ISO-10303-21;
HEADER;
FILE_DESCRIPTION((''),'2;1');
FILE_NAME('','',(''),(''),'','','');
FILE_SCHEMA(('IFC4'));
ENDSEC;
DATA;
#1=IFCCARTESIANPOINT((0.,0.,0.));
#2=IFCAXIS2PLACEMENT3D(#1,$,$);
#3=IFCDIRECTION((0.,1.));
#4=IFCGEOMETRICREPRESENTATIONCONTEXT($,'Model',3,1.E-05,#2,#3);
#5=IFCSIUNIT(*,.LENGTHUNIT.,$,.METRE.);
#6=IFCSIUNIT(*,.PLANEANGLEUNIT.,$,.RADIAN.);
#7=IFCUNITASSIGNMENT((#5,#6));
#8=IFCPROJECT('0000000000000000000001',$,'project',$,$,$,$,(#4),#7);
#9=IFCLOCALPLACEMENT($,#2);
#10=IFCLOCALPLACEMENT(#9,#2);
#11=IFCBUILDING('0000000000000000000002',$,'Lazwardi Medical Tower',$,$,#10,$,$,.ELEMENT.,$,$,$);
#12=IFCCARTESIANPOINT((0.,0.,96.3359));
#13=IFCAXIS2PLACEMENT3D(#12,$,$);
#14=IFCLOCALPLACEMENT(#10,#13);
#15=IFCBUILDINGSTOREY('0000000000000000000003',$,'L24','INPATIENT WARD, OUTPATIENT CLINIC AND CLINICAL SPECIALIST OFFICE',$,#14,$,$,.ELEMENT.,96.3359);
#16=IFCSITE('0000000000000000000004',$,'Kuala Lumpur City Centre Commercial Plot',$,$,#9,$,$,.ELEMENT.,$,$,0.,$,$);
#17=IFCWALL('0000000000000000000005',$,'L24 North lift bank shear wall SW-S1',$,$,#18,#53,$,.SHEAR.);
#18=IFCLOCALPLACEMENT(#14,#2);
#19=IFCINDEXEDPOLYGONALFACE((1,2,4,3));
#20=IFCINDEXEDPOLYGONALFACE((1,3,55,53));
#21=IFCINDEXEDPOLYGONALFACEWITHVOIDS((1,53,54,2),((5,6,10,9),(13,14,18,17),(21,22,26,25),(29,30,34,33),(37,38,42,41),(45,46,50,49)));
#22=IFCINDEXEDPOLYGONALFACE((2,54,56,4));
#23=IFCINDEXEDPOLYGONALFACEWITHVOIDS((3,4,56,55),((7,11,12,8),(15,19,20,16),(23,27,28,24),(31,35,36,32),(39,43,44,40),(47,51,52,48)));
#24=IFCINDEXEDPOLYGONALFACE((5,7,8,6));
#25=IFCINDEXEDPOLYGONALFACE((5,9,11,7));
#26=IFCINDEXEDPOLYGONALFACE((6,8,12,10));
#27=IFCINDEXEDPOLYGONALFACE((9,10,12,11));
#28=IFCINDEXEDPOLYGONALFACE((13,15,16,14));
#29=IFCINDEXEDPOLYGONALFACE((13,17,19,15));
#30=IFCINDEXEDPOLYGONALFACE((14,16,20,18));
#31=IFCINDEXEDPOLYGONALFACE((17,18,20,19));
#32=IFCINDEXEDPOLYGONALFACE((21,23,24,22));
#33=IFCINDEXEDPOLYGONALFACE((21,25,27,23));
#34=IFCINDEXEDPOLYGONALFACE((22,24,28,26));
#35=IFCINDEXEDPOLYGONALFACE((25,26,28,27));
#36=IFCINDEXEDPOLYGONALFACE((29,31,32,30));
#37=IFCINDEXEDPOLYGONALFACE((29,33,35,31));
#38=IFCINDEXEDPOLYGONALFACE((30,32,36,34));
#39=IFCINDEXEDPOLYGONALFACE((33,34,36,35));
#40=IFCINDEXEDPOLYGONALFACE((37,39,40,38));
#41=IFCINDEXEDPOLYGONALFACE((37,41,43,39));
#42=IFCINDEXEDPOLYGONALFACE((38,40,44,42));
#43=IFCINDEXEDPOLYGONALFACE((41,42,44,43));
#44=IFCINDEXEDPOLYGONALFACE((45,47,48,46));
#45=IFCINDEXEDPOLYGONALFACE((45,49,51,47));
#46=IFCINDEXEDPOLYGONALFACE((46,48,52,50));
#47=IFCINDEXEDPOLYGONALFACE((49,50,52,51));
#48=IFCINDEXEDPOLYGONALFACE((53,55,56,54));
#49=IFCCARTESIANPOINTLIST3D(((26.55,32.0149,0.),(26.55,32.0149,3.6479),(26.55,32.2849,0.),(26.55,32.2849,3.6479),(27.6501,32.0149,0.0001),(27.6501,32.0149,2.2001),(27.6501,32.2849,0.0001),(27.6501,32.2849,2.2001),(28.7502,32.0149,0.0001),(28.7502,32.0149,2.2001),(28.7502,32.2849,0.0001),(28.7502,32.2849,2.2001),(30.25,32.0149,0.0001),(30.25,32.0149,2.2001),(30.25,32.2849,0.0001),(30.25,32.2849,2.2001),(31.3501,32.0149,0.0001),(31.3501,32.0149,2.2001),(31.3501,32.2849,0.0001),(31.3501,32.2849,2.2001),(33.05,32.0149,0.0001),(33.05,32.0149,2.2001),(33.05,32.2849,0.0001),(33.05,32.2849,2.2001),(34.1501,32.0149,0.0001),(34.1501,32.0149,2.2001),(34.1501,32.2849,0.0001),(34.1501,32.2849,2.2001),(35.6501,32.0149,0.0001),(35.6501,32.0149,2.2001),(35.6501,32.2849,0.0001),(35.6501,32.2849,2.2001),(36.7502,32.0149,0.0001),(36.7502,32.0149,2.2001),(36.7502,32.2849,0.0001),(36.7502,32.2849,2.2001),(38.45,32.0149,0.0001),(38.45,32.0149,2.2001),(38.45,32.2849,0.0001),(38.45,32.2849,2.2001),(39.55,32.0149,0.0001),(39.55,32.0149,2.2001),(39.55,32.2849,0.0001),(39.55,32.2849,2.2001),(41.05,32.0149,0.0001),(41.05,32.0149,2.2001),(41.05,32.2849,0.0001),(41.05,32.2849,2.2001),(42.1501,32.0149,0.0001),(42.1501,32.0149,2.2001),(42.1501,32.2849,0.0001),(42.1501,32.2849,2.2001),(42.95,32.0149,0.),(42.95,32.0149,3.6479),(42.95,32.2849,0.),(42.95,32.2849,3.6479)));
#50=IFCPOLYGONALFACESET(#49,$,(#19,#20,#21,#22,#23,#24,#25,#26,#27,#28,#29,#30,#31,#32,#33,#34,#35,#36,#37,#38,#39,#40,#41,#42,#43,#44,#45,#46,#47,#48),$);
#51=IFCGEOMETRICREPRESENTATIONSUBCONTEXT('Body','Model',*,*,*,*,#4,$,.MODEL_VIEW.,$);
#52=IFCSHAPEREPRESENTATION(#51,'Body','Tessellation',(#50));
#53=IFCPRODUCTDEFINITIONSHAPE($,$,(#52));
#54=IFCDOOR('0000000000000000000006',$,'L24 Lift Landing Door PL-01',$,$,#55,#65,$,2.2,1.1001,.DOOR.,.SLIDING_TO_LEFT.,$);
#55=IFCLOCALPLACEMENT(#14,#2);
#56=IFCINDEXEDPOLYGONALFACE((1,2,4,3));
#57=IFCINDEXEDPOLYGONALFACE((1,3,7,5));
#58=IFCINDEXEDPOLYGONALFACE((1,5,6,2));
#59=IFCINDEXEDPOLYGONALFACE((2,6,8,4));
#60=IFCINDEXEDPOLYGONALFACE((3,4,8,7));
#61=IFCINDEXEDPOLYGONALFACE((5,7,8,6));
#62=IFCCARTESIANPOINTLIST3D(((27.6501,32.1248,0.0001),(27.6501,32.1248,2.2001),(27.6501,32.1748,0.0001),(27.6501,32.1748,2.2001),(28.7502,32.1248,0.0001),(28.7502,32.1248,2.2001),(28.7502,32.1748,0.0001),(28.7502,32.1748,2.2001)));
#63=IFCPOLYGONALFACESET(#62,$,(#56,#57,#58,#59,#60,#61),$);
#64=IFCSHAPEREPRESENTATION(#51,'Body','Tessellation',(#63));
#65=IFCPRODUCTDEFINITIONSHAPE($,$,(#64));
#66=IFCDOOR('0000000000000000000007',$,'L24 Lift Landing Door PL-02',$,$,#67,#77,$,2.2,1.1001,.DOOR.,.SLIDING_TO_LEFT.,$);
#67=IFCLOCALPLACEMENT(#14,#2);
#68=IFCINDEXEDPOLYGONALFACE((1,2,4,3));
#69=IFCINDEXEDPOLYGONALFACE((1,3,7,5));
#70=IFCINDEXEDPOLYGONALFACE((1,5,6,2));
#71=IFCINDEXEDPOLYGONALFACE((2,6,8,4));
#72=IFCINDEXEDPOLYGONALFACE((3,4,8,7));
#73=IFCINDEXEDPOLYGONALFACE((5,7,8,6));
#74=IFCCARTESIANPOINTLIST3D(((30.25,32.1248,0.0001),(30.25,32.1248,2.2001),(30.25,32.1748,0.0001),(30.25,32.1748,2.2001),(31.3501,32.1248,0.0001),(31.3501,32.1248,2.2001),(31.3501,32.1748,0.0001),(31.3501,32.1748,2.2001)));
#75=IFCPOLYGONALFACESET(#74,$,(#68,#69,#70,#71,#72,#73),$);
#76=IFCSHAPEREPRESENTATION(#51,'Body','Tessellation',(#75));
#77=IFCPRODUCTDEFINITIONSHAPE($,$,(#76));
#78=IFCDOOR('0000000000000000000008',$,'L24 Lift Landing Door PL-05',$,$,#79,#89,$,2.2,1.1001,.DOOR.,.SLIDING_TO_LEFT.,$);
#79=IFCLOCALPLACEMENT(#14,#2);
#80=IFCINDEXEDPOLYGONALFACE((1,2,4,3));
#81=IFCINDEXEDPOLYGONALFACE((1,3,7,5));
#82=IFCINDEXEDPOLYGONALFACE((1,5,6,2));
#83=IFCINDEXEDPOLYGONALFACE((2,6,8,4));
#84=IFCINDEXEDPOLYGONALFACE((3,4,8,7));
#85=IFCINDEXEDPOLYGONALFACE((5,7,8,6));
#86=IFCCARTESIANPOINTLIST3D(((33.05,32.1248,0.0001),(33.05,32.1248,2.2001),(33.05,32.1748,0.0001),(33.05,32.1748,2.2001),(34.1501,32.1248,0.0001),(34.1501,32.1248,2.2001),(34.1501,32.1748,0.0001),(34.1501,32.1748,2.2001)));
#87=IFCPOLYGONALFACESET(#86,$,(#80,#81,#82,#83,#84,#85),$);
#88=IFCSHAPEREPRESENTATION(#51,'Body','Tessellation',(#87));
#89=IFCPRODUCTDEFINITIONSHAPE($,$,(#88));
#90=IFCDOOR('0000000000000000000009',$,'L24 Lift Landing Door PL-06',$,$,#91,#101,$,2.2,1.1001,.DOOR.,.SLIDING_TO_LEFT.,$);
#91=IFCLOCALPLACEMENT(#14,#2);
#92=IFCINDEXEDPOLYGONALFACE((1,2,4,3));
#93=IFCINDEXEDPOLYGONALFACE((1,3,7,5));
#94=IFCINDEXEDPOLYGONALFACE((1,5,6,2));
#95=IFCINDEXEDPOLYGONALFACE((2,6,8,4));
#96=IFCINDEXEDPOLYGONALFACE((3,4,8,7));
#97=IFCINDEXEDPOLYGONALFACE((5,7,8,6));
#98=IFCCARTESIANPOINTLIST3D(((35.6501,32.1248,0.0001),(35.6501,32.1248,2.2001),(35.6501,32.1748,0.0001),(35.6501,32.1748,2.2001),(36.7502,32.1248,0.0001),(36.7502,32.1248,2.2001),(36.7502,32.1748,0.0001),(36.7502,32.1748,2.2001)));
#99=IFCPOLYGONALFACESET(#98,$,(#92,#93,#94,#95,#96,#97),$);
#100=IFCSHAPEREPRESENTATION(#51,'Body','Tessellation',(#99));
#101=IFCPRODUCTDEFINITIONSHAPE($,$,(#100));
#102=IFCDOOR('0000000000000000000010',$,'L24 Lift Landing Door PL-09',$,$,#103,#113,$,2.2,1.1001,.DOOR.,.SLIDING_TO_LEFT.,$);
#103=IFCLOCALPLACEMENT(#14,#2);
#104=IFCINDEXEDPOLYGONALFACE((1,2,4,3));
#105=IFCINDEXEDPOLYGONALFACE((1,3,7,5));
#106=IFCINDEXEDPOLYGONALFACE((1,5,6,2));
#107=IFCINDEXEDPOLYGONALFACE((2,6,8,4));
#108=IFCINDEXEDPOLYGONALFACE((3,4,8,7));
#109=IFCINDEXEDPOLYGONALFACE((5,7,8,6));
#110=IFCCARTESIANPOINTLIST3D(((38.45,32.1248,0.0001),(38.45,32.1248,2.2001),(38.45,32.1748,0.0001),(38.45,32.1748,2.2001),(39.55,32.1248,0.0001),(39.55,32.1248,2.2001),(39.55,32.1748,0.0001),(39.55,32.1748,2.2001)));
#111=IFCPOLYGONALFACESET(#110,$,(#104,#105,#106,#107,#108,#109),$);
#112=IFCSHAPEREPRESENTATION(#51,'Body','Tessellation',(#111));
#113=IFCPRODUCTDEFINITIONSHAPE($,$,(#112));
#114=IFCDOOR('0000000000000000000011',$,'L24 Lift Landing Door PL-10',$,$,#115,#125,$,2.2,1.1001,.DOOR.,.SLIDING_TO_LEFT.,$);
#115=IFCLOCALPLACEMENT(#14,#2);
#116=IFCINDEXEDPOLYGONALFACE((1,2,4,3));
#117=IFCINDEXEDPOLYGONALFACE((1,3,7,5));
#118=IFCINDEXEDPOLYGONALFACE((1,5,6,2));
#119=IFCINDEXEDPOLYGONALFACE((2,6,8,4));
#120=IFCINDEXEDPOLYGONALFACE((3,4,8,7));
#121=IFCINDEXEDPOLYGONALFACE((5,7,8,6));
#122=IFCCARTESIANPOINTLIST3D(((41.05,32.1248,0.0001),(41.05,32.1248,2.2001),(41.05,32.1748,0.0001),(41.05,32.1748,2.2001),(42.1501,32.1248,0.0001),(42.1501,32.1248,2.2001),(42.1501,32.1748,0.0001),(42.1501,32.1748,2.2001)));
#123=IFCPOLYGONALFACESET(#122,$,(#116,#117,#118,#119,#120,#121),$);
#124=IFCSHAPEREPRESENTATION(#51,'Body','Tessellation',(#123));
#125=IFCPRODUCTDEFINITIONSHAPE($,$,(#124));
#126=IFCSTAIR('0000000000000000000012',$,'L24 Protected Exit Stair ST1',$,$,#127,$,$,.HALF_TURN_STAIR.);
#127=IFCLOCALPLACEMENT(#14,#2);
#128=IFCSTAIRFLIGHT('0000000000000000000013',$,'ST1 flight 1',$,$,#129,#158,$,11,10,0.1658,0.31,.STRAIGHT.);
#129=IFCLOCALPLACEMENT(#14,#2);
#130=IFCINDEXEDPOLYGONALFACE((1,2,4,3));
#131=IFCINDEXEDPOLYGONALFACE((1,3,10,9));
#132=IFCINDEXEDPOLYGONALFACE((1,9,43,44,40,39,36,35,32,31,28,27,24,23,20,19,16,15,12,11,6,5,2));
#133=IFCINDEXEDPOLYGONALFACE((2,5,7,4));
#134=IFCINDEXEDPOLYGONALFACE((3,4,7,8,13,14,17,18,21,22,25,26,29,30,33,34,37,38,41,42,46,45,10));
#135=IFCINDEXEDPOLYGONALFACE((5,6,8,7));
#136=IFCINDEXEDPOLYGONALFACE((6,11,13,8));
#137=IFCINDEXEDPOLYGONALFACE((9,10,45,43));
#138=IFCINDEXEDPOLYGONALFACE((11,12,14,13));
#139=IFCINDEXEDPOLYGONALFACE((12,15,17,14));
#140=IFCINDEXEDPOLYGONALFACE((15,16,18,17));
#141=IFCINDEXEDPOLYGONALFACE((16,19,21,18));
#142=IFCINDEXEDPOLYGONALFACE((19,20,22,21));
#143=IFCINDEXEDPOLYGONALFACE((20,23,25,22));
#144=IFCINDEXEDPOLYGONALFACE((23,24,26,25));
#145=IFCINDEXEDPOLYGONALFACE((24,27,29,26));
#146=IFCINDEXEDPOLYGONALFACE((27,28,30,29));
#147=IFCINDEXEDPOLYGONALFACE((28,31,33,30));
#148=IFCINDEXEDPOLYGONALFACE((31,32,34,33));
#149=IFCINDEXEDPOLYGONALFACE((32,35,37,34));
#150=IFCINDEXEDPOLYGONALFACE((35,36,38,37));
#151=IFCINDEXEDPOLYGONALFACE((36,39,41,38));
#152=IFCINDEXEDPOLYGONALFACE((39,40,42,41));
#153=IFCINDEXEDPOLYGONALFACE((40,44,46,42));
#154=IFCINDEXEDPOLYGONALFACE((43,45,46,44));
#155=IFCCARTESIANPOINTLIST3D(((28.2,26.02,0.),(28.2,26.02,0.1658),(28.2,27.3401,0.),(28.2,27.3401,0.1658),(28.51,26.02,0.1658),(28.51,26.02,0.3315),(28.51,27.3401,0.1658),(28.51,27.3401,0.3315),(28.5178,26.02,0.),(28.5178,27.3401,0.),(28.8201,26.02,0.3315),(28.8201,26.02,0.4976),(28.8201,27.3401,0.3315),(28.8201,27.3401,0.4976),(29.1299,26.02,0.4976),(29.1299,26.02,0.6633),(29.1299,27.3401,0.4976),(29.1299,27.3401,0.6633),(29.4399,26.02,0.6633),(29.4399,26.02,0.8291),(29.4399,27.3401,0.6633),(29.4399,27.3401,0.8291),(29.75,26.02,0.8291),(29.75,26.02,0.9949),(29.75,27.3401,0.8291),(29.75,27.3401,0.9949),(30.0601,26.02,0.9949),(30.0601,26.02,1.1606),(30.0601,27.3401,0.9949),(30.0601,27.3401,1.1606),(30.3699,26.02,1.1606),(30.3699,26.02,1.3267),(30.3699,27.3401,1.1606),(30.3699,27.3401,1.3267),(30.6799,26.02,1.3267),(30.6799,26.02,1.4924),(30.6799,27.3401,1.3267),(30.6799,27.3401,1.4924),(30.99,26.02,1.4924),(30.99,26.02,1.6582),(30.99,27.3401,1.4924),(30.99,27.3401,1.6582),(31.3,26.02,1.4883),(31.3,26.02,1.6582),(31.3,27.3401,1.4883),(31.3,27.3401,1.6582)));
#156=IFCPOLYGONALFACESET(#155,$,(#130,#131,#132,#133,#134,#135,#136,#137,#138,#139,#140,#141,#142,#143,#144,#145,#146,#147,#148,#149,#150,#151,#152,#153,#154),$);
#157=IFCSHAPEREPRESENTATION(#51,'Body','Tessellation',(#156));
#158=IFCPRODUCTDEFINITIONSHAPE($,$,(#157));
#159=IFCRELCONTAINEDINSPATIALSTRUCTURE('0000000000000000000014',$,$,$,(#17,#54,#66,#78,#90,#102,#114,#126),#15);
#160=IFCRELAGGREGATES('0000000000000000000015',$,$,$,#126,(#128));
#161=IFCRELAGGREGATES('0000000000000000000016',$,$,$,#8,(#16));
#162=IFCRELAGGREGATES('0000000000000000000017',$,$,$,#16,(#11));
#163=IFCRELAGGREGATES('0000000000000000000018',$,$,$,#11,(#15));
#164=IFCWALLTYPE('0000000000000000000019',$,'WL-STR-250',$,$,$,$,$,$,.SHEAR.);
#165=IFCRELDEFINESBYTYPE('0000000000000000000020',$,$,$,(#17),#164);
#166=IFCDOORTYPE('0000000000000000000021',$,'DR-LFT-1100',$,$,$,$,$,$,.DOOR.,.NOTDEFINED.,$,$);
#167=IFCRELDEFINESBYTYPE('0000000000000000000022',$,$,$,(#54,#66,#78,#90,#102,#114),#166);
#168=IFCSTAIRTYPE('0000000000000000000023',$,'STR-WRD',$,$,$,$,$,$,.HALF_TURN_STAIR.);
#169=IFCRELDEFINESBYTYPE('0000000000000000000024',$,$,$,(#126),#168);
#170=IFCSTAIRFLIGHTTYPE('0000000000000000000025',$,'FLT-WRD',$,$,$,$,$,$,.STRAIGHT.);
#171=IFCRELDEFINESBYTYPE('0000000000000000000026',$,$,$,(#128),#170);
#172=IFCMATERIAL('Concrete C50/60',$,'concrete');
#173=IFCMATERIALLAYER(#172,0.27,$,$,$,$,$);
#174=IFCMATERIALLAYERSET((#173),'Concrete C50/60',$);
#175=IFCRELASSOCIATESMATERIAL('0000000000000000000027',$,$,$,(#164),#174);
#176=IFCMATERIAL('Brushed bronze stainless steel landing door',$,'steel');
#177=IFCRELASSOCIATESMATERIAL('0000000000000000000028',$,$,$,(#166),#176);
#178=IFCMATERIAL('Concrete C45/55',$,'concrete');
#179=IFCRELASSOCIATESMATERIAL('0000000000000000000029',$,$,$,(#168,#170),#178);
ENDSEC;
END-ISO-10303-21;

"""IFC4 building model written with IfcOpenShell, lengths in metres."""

from ifc_helpers import new_model, si_unit, direction, frame, frame_2d, origin, place, context, subcontext, project, spatial, polyline, rectangle, outline, extrude, material, layer, layer_set, type_object, element, fill, aggregate, save


model = new_model("IFC4")

# Units and contexts
model_context = context("Model", 3, precision=1e-05, world=origin(), true_north=direction((0.0, 1.0)))
body_context = subcontext(model_context, "Body", "Model", "MODEL_VIEW")
ifc_project = project(units=[si_unit("LENGTHUNIT", "METRE"), si_unit("PLANEANGLEUNIT", "RADIAN")], contexts=[model_context])

# Site, building, storey
site_placement = place(None, origin())
site = spatial("IfcSite", under=ifc_project, at=site_placement, Name="Kuala Lumpur City Centre Commercial Plot", CompositionType="ELEMENT", RefElevation=0.0)
building_placement = place(site_placement, origin())
building = spatial("IfcBuilding", under=site, at=building_placement, Name="Lazwardi Medical Tower", CompositionType="ELEMENT")
storey_placement = place(building_placement, frame((0.0, 0.0, 96.3359)))
storey = spatial("IfcBuildingStorey", under=building, at=storey_placement, Name="L24", Description="INPATIENT WARD, OUTPATIENT CLINIC AND CLINICAL SPECIALIST OFFICE", CompositionType="ELEMENT", Elevation=96.3359)

# Shared definitions
ifc_material_1 = material(Name="Concrete C50/60", Category="concrete")
ifc_layer_1 = layer(ifc_material_1, 0.27)
ifc_layer_set_1 = layer_set([ifc_layer_1], Name="Concrete C50/60")
wall_type_1 = type_object("IfcWallType", Name="WL-STR-250", PredefinedType="SHEAR", material=ifc_layer_set_1)

# Wall, openings, doors
wall_1_placement = place(storey_placement, frame((26.55, 32.1499, 0.0), z_axis=(0.0, 0.0, 1.0), x_axis=(1.0, 0.0, 0.0)))
wall_1 = element("IfcWall", 1, at=wall_1_placement, inside=storey, type_object=wall_type_1, Name="L24 North lift bank shear wall SW-S1", PredefinedType="SHEAR", context=body_context, shape_type="SweptSolid", body=[
    extrude(rectangle(XDim=16.3999, YDim=0.27, at=frame_2d((8.2, 0.0))), origin(), (0.0, 0.0, 1.0), 3.6479),
])
opening_1_placement = place(wall_1_placement, frame((1.1001, 0.0, 0.0)))
opening_1 = element("IfcOpeningElement", 2, at=opening_1_placement, cuts=wall_1, PredefinedType="OPENING", context=body_context, shape_type="SweptSolid", body=[
    extrude(rectangle(XDim=1.1001, YDim=2.2, at=frame_2d((0.55, 1.1001))), frame((0.0, 0.145, 0.0), z_axis=(0.0, -1.0, 0.0), x_axis=(1.0, 0.0, 0.0)), (0.0, 0.0, 1.0), 0.29),
])
opening_2_placement = place(wall_1_placement, frame((3.7, 0.0, 0.0)))
opening_2 = element("IfcOpeningElement", 3, at=opening_2_placement, cuts=wall_1, PredefinedType="OPENING", context=body_context, shape_type="SweptSolid", body=[
    extrude(rectangle(XDim=1.1001, YDim=2.2, at=frame_2d((0.55, 1.1001))), frame((0.0, 0.145, 0.0), z_axis=(0.0, -1.0, 0.0), x_axis=(1.0, 0.0, 0.0)), (0.0, 0.0, 1.0), 0.29),
])
opening_3_placement = place(wall_1_placement, frame((6.5, 0.0, 0.0)))
opening_3 = element("IfcOpeningElement", 4, at=opening_3_placement, cuts=wall_1, PredefinedType="OPENING", context=body_context, shape_type="SweptSolid", body=[
    extrude(rectangle(XDim=1.1001, YDim=2.2, at=frame_2d((0.55, 1.1001))), frame((0.0, 0.145, 0.0), z_axis=(0.0, -1.0, 0.0), x_axis=(1.0, 0.0, 0.0)), (0.0, 0.0, 1.0), 0.29),
])
opening_4_placement = place(wall_1_placement, frame((9.1001, 0.0, 0.0)))
opening_4 = element("IfcOpeningElement", 5, at=opening_4_placement, cuts=wall_1, PredefinedType="OPENING", context=body_context, shape_type="SweptSolid", body=[
    extrude(rectangle(XDim=1.1001, YDim=2.2, at=frame_2d((0.55, 1.1001))), frame((0.0, 0.145, 0.0), z_axis=(0.0, -1.0, 0.0), x_axis=(1.0, 0.0, 0.0)), (0.0, 0.0, 1.0), 0.29),
])
opening_5_placement = place(wall_1_placement, frame((11.8999, 0.0, 0.0)))
opening_5 = element("IfcOpeningElement", 6, at=opening_5_placement, cuts=wall_1, PredefinedType="OPENING", context=body_context, shape_type="SweptSolid", body=[
    extrude(rectangle(XDim=1.1001, YDim=2.2, at=frame_2d((0.55, 1.1001))), frame((0.0, 0.145, 0.0), z_axis=(0.0, -1.0, 0.0), x_axis=(1.0, 0.0, 0.0)), (0.0, 0.0, 1.0), 0.29),
])
opening_6_placement = place(wall_1_placement, frame((14.5, 0.0, 0.0)))
opening_6 = element("IfcOpeningElement", 7, at=opening_6_placement, cuts=wall_1, PredefinedType="OPENING", context=body_context, shape_type="SweptSolid", body=[
    extrude(rectangle(XDim=1.1001, YDim=2.2, at=frame_2d((0.55, 1.1001))), frame((0.0, 0.145, 0.0), z_axis=(0.0, -1.0, 0.0), x_axis=(1.0, 0.0, 0.0)), (0.0, 0.0, 1.0), 0.29),
])
ifc_material_2 = material(Name="Brushed bronze stainless steel landing door", Category="steel")
door_type_1 = type_object("IfcDoorType", Name="DR-LFT-1100", OperationType="NOTDEFINED", PredefinedType="DOOR", material=ifc_material_2)
door_1_placement = place(opening_1_placement, origin())
door_1 = element("IfcDoor", 8, at=door_1_placement, inside=storey, type_object=door_type_1, Name="L24 Lift Landing Door PL-01", OperationType="SLIDING_TO_LEFT", OverallHeight=2.2, OverallWidth=1.1001, PredefinedType="DOOR", context=body_context, shape_type="SweptSolid", body=[
    extrude(rectangle(XDim=1.1001, YDim=2.2, at=frame_2d((0.55, 1.1001))), frame((0.0, 0.0249, 0.0), z_axis=(0.0, -1.0, 0.0), x_axis=(1.0, 0.0, 0.0)), (0.0, 0.0, 1.0), 0.05),
])
fill(opening_1, door_1)
door_2_placement = place(opening_2_placement, origin())
door_2 = element("IfcDoor", 9, at=door_2_placement, inside=storey, type_object=door_type_1, Name="L24 Lift Landing Door PL-02", OperationType="SLIDING_TO_LEFT", OverallHeight=2.2, OverallWidth=1.1001, PredefinedType="DOOR", context=body_context, shape_type="SweptSolid", body=[
    extrude(rectangle(XDim=1.1001, YDim=2.2, at=frame_2d((0.55, 1.1001))), frame((0.0, 0.0249, 0.0), z_axis=(0.0, -1.0, 0.0), x_axis=(1.0, 0.0, 0.0)), (0.0, 0.0, 1.0), 0.05),
])
fill(opening_2, door_2)
door_3_placement = place(opening_3_placement, origin())
door_3 = element("IfcDoor", 10, at=door_3_placement, inside=storey, type_object=door_type_1, Name="L24 Lift Landing Door PL-05", OperationType="SLIDING_TO_LEFT", OverallHeight=2.2, OverallWidth=1.1001, PredefinedType="DOOR", context=body_context, shape_type="SweptSolid", body=[
    extrude(rectangle(XDim=1.1001, YDim=2.2, at=frame_2d((0.55, 1.1001))), frame((0.0, 0.0249, 0.0), z_axis=(0.0, -1.0, 0.0), x_axis=(1.0, 0.0, 0.0)), (0.0, 0.0, 1.0), 0.05),
])
fill(opening_3, door_3)
door_4_placement = place(opening_4_placement, origin())
door_4 = element("IfcDoor", 11, at=door_4_placement, inside=storey, type_object=door_type_1, Name="L24 Lift Landing Door PL-06", OperationType="SLIDING_TO_LEFT", OverallHeight=2.2, OverallWidth=1.1001, PredefinedType="DOOR", context=body_context, shape_type="SweptSolid", body=[
    extrude(rectangle(XDim=1.1001, YDim=2.2, at=frame_2d((0.55, 1.1001))), frame((0.0, 0.0249, 0.0), z_axis=(0.0, -1.0, 0.0), x_axis=(1.0, 0.0, 0.0)), (0.0, 0.0, 1.0), 0.05),
])
fill(opening_4, door_4)
door_5_placement = place(opening_5_placement, origin())
door_5 = element("IfcDoor", 12, at=door_5_placement, inside=storey, type_object=door_type_1, Name="L24 Lift Landing Door PL-09", OperationType="SLIDING_TO_LEFT", OverallHeight=2.2, OverallWidth=1.1001, PredefinedType="DOOR", context=body_context, shape_type="SweptSolid", body=[
    extrude(rectangle(XDim=1.1001, YDim=2.2, at=frame_2d((0.55, 1.1001))), frame((0.0, 0.0249, 0.0), z_axis=(0.0, -1.0, 0.0), x_axis=(1.0, 0.0, 0.0)), (0.0, 0.0, 1.0), 0.05),
])
fill(opening_5, door_5)
door_6_placement = place(opening_6_placement, origin())
door_6 = element("IfcDoor", 13, at=door_6_placement, inside=storey, type_object=door_type_1, Name="L24 Lift Landing Door PL-10", OperationType="SLIDING_TO_LEFT", OverallHeight=2.2, OverallWidth=1.1001, PredefinedType="DOOR", context=body_context, shape_type="SweptSolid", body=[
    extrude(rectangle(XDim=1.1001, YDim=2.2, at=frame_2d((0.55, 1.1001))), frame((0.0, 0.0249, 0.0), z_axis=(0.0, -1.0, 0.0), x_axis=(1.0, 0.0, 0.0)), (0.0, 0.0, 1.0), 0.05),
])
fill(opening_6, door_6)

# Stair, stair flight
ifc_material_3 = material(Name="Concrete C45/55", Category="concrete")
stair_type = type_object("IfcStairType", Name="STR-WRD", PredefinedType="HALF_TURN_STAIR", material=ifc_material_3)
stair_placement = place(storey_placement, origin())
stair = element("IfcStair", 14, at=stair_placement, inside=storey, type_object=stair_type, Name="L24 Protected Exit Stair ST1", PredefinedType="HALF_TURN_STAIR")
stair_flight_type = type_object("IfcStairFlightType", Name="FLT-WRD", PredefinedType="STRAIGHT", material=ifc_material_3)
stair_flight_1_placement = place(storey_placement, frame((28.2, 26.6799, 0.0), z_axis=(0.0, 0.0, 1.0), x_axis=(1.0, 0.0, 0.0)))
stair_flight_1 = element("IfcStairFlight", 15, at=stair_flight_1_placement, type_object=stair_flight_type, Name="ST1 flight 1", NumberOfRisers=11, NumberOfTreads=10, PredefinedType="STRAIGHT", RiserHeight=0.1658, TreadLength=0.31, context=body_context, shape_type="SweptSolid", body=[
    extrude(outline(polyline([(0.0, 0.0), (0.0, 0.1658), (0.3101, 0.1658), (0.3101, 0.3315), (0.6201, 0.3315), (0.6201, 0.4976), (0.9299, 0.4976), (0.9299, 0.6633), (1.24, 0.6633), (1.24, 0.8291), (1.55, 0.8291), (1.55, 0.9949), (1.8601, 0.9949), (1.8601, 1.1606), (2.1699, 1.1606), (2.1699, 1.3267), (2.48, 1.3267), (2.48, 1.4924), (2.79, 1.4924), (2.79, 1.6582), (3.1001, 1.6582), (3.1001, 1.824), (3.1001, 1.4883), (0.3179, 0.0), (0.0, 0.0)])), frame((0.0, 0.6602, 0.0), z_axis=(0.0, -1.0, 0.0), x_axis=(1.0, 0.0, 0.0)), (0.0, 0.0, 1.0), 1.3201),
])
aggregate(stair, [stair_flight_1])

save(model, "model.ifc")
